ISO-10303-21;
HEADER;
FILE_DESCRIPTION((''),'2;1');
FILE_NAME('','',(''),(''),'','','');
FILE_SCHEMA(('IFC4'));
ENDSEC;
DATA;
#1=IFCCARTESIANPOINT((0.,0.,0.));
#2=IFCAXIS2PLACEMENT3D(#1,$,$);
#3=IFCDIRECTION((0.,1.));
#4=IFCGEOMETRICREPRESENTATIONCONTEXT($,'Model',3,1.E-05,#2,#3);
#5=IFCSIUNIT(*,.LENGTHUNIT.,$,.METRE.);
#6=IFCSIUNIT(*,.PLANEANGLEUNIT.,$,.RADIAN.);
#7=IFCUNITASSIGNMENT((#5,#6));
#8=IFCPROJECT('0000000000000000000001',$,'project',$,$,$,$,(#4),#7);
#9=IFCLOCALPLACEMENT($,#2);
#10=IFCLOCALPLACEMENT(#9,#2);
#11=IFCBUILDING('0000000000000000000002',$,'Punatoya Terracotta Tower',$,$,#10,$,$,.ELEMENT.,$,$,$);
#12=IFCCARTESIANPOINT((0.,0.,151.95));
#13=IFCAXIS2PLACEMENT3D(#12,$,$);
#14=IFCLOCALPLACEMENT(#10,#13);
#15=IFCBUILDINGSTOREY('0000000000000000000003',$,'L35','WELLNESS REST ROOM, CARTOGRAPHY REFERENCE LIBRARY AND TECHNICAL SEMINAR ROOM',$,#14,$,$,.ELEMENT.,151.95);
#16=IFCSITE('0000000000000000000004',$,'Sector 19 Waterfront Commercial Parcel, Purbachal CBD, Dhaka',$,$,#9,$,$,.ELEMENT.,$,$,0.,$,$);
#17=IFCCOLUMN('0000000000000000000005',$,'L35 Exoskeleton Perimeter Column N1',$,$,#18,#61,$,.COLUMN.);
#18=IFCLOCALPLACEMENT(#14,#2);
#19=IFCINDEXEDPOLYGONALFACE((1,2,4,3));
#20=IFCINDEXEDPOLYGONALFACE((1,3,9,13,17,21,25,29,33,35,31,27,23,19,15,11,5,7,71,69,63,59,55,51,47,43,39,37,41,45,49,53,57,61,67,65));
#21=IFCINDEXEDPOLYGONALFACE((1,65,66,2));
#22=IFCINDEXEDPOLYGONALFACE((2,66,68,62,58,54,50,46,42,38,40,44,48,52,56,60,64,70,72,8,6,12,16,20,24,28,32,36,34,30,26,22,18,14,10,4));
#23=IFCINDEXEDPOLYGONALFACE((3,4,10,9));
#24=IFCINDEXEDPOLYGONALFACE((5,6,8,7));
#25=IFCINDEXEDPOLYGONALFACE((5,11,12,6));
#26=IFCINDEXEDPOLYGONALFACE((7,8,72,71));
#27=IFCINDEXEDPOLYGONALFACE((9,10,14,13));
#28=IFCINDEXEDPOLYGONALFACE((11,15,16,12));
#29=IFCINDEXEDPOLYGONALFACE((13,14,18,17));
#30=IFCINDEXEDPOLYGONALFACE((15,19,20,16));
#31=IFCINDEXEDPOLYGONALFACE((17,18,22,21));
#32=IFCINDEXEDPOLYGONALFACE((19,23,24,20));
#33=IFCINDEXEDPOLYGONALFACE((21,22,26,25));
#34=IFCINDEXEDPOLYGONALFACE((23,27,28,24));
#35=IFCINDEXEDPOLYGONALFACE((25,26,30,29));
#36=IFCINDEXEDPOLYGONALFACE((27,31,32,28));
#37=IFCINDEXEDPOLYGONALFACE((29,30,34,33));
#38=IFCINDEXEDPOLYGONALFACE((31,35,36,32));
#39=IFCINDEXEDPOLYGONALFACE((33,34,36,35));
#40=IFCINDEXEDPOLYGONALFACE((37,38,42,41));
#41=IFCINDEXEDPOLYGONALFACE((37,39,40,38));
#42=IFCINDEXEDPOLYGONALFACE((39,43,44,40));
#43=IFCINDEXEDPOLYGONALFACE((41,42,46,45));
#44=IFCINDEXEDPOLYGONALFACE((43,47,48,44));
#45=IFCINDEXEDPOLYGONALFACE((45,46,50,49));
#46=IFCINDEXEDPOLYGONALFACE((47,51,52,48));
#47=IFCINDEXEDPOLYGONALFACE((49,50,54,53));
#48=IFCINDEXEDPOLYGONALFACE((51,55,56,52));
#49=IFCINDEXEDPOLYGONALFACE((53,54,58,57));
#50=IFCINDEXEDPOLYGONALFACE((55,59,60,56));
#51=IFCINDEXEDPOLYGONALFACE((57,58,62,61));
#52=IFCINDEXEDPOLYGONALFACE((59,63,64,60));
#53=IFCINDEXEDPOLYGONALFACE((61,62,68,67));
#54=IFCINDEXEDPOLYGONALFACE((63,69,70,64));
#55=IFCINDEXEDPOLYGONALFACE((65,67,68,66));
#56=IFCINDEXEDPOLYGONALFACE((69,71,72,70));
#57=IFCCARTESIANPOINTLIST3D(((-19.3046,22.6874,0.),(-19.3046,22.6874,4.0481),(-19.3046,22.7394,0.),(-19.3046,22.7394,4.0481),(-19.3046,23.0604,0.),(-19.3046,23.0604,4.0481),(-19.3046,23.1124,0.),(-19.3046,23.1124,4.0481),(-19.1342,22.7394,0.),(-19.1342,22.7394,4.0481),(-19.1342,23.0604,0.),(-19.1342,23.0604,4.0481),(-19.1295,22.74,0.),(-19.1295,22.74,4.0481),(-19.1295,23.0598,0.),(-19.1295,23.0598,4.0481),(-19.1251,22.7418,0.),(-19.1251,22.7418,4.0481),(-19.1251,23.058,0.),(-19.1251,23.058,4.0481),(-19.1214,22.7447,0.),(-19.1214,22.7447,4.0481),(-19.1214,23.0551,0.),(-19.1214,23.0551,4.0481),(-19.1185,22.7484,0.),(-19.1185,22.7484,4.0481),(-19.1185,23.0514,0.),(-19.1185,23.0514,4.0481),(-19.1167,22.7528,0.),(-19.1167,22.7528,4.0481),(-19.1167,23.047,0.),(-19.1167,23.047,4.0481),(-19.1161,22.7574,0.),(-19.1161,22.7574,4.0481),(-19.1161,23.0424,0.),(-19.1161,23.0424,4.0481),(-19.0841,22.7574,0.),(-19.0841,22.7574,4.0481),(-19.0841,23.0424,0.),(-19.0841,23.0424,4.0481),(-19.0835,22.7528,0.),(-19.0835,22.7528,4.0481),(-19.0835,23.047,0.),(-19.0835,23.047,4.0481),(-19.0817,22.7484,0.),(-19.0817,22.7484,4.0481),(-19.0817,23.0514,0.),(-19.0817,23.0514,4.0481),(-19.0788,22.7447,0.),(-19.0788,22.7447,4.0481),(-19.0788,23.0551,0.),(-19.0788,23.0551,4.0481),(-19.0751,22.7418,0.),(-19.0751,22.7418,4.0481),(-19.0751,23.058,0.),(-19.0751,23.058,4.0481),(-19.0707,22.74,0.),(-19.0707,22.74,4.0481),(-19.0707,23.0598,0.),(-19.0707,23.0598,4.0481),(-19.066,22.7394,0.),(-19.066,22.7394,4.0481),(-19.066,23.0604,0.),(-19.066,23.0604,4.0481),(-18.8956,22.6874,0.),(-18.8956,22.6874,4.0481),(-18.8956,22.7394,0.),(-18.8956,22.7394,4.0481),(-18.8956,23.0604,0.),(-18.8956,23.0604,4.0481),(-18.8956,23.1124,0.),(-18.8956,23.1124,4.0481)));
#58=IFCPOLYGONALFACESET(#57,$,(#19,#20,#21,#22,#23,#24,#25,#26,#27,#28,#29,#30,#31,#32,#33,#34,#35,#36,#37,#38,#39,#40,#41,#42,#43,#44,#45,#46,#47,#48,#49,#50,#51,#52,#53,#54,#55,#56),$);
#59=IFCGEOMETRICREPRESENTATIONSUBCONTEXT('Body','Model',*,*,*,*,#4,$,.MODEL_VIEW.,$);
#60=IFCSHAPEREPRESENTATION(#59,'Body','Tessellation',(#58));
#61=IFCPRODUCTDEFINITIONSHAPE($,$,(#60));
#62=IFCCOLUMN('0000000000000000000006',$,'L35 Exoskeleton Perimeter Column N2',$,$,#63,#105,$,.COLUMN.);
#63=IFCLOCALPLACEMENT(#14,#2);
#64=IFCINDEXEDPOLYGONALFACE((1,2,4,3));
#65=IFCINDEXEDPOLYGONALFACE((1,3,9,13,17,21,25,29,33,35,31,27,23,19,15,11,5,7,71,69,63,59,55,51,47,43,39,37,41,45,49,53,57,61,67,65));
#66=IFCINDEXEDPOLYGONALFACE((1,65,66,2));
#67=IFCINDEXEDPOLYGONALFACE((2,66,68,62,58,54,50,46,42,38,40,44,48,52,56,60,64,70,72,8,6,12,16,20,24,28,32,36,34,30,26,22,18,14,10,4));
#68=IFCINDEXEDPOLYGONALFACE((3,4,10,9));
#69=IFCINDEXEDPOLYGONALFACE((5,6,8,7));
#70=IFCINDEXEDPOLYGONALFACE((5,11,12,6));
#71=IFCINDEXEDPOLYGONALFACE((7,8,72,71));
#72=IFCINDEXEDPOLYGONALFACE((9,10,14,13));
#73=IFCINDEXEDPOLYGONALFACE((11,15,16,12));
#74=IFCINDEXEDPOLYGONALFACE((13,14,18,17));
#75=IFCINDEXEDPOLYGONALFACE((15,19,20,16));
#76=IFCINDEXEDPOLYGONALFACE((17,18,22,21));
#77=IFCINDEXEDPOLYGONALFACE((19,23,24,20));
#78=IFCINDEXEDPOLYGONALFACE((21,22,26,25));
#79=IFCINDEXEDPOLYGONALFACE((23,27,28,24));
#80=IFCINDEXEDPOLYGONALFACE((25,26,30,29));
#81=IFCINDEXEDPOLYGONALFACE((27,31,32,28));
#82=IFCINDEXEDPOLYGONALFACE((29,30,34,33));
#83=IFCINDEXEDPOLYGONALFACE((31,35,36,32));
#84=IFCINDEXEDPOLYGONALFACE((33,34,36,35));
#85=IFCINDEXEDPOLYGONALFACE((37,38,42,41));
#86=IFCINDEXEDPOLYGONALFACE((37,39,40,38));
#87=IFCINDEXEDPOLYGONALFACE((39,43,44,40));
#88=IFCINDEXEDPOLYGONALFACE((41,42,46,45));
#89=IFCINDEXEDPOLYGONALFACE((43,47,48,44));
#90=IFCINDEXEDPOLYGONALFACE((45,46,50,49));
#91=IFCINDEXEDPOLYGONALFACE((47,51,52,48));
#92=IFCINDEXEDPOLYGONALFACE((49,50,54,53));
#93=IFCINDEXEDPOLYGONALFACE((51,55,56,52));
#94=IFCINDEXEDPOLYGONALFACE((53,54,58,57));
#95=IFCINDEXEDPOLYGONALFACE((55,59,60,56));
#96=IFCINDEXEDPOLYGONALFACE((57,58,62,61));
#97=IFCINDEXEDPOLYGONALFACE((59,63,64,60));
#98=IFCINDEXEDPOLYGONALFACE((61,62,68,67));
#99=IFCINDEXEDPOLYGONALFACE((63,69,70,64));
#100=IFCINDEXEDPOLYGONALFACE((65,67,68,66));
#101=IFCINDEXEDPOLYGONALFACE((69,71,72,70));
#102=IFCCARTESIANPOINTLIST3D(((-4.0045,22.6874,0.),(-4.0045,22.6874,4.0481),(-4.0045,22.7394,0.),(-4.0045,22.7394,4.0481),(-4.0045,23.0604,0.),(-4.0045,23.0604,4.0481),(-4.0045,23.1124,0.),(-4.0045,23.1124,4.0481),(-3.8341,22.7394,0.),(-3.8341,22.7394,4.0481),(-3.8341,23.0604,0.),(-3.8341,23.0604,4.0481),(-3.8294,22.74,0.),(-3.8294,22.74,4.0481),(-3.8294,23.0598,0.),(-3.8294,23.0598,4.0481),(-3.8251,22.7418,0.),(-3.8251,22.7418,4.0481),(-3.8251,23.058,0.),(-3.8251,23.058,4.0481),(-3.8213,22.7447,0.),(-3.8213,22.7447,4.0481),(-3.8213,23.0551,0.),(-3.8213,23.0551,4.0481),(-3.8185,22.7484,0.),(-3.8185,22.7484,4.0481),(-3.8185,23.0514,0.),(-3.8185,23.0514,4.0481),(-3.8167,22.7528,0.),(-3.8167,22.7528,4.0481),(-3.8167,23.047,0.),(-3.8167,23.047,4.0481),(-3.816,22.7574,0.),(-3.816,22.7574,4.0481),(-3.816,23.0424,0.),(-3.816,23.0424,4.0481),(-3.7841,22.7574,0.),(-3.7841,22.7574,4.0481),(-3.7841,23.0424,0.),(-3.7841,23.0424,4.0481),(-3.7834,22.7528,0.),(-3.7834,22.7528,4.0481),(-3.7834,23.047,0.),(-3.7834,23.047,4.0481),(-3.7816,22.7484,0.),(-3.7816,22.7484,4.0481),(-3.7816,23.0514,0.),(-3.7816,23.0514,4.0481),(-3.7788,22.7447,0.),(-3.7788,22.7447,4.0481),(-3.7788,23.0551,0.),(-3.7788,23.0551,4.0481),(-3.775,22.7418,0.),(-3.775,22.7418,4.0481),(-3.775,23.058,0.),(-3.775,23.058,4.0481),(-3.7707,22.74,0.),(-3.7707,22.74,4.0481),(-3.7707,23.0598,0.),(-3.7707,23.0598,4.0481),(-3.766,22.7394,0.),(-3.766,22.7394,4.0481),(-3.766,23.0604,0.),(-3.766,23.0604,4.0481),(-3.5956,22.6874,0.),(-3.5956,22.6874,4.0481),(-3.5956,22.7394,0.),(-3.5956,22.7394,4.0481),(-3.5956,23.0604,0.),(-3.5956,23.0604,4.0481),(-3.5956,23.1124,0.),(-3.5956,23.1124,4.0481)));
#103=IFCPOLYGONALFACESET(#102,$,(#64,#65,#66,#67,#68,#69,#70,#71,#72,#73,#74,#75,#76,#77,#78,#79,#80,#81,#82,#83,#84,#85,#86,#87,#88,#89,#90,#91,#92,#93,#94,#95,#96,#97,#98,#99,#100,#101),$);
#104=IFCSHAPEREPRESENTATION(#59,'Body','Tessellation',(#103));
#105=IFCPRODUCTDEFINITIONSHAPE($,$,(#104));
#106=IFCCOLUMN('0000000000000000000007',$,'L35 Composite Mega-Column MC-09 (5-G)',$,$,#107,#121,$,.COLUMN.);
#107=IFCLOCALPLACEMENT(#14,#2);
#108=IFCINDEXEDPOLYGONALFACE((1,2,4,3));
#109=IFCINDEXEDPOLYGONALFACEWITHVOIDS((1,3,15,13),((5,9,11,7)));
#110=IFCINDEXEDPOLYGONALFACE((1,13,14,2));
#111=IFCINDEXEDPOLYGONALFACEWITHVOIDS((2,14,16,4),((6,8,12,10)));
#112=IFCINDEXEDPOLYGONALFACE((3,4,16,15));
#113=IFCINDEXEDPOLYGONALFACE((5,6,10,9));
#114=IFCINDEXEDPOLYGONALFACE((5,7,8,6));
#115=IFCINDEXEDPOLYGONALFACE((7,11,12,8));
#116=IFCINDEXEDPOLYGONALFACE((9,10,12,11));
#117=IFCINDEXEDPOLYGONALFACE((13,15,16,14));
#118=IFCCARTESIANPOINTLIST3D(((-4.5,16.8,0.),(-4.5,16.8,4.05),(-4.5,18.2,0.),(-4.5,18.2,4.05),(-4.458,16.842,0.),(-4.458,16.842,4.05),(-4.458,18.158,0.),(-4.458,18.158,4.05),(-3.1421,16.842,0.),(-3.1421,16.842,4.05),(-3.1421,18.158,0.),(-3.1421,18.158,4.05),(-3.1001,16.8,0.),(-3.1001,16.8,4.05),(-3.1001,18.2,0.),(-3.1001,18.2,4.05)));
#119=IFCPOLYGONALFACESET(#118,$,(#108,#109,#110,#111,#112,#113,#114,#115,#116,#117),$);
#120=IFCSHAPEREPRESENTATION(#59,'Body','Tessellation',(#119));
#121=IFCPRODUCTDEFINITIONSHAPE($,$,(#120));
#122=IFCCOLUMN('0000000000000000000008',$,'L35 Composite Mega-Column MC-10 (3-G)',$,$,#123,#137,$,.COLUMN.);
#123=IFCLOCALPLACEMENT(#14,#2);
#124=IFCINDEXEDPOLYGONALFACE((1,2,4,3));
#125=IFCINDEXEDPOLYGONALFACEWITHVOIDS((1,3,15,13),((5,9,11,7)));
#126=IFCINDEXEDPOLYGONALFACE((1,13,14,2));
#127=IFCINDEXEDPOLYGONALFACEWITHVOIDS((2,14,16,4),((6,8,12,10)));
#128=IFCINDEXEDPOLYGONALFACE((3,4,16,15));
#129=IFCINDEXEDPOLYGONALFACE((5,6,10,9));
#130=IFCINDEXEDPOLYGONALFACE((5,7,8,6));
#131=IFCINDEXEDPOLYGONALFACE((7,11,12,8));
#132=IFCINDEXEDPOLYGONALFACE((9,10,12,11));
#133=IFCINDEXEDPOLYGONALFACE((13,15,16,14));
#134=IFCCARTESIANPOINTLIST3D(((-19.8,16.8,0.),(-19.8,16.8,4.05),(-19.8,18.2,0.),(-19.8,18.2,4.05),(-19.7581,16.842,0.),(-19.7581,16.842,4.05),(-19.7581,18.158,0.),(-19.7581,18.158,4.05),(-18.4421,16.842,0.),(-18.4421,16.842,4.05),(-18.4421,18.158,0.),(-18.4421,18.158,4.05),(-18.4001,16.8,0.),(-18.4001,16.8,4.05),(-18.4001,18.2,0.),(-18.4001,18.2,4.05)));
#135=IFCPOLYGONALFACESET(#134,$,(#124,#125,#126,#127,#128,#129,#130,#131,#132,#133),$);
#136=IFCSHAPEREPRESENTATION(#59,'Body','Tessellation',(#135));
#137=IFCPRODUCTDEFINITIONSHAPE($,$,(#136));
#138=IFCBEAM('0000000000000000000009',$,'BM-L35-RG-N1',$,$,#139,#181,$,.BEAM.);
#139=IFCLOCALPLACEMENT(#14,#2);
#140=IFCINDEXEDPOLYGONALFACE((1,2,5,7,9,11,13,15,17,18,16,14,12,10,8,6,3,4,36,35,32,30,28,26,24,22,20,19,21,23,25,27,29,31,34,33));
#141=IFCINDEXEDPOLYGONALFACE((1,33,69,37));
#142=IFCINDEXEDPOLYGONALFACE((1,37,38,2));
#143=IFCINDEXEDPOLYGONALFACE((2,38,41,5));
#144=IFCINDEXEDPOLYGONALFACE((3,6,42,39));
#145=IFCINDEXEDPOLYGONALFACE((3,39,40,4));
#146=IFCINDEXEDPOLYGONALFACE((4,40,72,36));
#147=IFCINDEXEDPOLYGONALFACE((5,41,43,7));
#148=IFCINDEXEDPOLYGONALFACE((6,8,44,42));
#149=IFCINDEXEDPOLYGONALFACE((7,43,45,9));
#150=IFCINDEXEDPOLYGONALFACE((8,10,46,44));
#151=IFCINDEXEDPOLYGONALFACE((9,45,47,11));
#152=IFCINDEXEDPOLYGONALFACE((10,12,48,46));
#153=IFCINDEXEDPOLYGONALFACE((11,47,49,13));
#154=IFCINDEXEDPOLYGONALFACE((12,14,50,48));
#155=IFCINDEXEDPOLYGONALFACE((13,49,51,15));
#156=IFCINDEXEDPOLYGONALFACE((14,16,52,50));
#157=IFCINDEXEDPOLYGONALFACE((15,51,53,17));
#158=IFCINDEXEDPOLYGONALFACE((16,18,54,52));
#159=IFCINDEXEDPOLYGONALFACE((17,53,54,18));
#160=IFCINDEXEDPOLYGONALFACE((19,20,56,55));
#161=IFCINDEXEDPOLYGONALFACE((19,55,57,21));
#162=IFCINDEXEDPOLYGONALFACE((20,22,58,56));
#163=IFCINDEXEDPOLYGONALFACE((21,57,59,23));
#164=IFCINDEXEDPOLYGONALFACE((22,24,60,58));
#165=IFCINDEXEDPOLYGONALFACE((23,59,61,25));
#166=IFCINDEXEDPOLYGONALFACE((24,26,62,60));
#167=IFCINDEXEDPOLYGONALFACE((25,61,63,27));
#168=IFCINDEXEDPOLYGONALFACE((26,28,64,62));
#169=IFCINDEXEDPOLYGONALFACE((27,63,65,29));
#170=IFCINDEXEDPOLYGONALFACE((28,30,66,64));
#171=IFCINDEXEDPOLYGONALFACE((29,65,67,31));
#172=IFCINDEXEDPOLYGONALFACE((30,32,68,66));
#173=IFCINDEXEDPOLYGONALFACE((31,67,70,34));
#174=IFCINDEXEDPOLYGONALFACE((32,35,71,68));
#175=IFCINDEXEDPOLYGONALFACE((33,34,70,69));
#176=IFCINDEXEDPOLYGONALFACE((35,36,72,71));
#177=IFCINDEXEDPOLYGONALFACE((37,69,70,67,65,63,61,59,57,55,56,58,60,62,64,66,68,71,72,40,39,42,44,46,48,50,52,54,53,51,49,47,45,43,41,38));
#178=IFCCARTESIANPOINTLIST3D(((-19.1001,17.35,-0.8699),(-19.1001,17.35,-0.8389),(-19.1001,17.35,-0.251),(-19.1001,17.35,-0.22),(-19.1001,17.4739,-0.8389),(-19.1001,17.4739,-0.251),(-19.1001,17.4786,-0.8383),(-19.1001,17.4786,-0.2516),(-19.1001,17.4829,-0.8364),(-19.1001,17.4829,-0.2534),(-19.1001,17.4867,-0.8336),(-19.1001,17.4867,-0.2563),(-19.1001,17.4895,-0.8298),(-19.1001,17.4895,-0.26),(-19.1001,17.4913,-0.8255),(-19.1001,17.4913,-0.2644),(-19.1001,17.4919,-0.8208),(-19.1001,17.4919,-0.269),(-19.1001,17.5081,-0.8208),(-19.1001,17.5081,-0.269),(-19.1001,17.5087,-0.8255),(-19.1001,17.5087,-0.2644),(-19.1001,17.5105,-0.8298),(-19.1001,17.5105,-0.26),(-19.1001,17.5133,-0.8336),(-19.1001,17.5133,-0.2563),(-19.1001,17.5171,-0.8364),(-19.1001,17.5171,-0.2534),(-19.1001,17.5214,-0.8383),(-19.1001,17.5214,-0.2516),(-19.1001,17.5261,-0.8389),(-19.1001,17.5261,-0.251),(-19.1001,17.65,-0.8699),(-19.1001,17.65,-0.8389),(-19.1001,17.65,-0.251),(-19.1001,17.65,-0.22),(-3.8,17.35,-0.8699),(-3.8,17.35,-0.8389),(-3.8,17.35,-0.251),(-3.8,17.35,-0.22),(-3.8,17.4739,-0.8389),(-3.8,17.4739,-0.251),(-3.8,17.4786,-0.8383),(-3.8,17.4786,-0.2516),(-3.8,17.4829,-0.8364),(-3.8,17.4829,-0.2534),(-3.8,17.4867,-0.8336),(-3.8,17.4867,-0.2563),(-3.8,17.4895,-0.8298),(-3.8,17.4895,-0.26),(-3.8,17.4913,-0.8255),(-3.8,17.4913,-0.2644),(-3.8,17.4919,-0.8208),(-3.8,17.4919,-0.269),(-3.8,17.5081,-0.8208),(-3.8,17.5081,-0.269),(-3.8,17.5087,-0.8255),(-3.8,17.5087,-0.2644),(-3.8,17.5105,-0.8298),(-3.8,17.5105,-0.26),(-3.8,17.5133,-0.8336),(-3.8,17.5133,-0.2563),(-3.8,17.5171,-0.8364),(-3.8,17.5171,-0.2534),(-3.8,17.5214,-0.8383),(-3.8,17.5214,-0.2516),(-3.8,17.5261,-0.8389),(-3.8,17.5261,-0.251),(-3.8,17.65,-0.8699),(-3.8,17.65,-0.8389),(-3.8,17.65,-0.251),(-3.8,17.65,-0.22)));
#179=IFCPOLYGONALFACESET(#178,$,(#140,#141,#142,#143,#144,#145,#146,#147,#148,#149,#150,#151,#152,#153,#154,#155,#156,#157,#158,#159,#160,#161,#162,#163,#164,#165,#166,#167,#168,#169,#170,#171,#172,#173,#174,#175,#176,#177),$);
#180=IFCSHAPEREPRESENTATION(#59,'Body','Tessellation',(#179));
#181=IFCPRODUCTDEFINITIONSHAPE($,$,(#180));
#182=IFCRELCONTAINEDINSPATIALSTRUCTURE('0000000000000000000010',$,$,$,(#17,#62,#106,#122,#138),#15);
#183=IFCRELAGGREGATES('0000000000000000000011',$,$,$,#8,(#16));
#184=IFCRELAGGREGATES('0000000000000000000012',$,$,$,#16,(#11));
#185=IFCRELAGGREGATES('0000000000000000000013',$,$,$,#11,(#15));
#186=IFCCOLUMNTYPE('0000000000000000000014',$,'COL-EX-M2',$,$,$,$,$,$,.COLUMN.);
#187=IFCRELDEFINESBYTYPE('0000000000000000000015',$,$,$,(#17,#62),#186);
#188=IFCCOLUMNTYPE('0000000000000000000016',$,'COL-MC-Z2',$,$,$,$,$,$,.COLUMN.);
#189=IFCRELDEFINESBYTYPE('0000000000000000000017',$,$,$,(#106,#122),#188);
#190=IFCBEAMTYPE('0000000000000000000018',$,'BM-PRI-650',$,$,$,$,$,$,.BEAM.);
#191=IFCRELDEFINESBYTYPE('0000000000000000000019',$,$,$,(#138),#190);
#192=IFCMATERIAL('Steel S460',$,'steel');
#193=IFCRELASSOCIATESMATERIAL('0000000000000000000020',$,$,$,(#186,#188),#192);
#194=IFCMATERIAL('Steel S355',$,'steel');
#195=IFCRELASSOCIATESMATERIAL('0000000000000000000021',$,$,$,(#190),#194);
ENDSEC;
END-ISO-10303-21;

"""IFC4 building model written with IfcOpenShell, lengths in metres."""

from ifc_helpers import new_model, si_unit, direction, frame, origin, origin_2d, place, context, subcontext, project, spatial, hollow_rectangle, i_section, extrude, material, material_profile, profile_set, type_object, element, save


model = new_model("IFC4")

# Units and contexts
model_context = context("Model", 3, precision=1e-05, world=origin(), true_north=direction((0.0, 1.0)))
body_context = subcontext(model_context, "Body", "Model", "MODEL_VIEW")
ifc_project = project(units=[si_unit("LENGTHUNIT", "METRE"), si_unit("PLANEANGLEUNIT", "RADIAN")], contexts=[model_context])

# Site, building, storey
site_placement = place(None, origin())
site = spatial("IfcSite", under=ifc_project, at=site_placement, Name="Sector 19 Waterfront Commercial Parcel, Purbachal CBD, Dhaka", CompositionType="ELEMENT", RefElevation=0.0)
building_placement = place(site_placement, origin())
building = spatial("IfcBuilding", under=site, at=building_placement, Name="Punatoya Terracotta Tower", CompositionType="ELEMENT")
storey_placement = place(building_placement, frame((0.0, 0.0, 151.95)))
storey = spatial("IfcBuildingStorey", under=building, at=storey_placement, Name="L35", Description="WELLNESS REST ROOM, CARTOGRAPHY REFERENCE LIBRARY AND TECHNICAL SEMINAR ROOM", CompositionType="ELEMENT", Elevation=151.95)

# Columns
ifc_material_1 = material(Name="Steel S460", Category="steel")
ifc_material_profile_1 = material_profile(ifc_material_1, i_section(OverallWidth=0.4089, OverallDepth=0.425, WebThickness=0.032, FlangeThickness=0.052, FilletRadius=0.0181, at=origin_2d()))
ifc_profile_set_1 = profile_set([ifc_material_profile_1], Name="Steel S460")
column_type_1 = type_object("IfcColumnType", Name="COL-EX-M2", PredefinedType="COLUMN", material=ifc_profile_set_1)
for number, where, z_axis, x_axis, name in (
    (1, (-19.1001, 22.8999, 0.0), (0.0, 0.0, 1.0), (1.0, 0.0, 0.0), "L35 Exoskeleton Perimeter Column N1"),
    (2, (-3.8, 22.8999, 0.0), (0.0, 0.0, 1.0), (1.0, 0.0, 0.0), "L35 Exoskeleton Perimeter Column N2"),
):
    element("IfcColumn", number, at=place(storey_placement, frame(where, z_axis=z_axis, x_axis=x_axis)), inside=storey, type_object=column_type_1, Name=name, PredefinedType="COLUMN", context=body_context, shape_type="SweptSolid", body=[
        extrude(i_section(OverallWidth=0.4089, OverallDepth=0.425, WebThickness=0.032, FlangeThickness=0.052, FilletRadius=0.0181, at=origin_2d()), origin(), (0.0, 0.0, 1.0), 4.0481),
    ])
ifc_material_profile_2 = material_profile(ifc_material_1, hollow_rectangle(XDim=1.3999, YDim=1.3999, WallThickness=0.042, at=origin_2d()))
ifc_profile_set_2 = profile_set([ifc_material_profile_2], Name="Steel S460")
column_type_2 = type_object("IfcColumnType", Name="COL-MC-Z2", PredefinedType="COLUMN", material=ifc_profile_set_2)
for number, where, z_axis, x_axis, name in (
    (3, (-3.8, 17.5, 0.0), (0.0, 0.0, 1.0), (1.0, 0.0, 0.0), "L35 Composite Mega-Column MC-09 (5-G)"),
    (4, (-19.1001, 17.5, 0.0), (0.0, 0.0, 1.0), (1.0, 0.0, 0.0), "L35 Composite Mega-Column MC-10 (3-G)"),
):
    element("IfcColumn", number, at=place(storey_placement, frame(where, z_axis=z_axis, x_axis=x_axis)), inside=storey, type_object=column_type_2, Name=name, PredefinedType="COLUMN", context=body_context, shape_type="SweptSolid", body=[
        extrude(hollow_rectangle(XDim=1.3999, YDim=1.3999, WallThickness=0.042, at=origin_2d()), origin(), (0.0, 0.0, 1.0), 4.05),
    ])

# Beam
ifc_material_2 = material(Name="Steel S355", Category="steel")
ifc_material_profile_3 = material_profile(ifc_material_2, i_section(OverallWidth=0.3, OverallDepth=0.6499, WebThickness=0.0161, FlangeThickness=0.031, FilletRadius=0.0181, at=origin_2d()))
ifc_profile_set_3 = profile_set([ifc_material_profile_3], Name="Steel S355")
beam_type_1 = type_object("IfcBeamType", Name="BM-PRI-650", PredefinedType="BEAM", material=ifc_profile_set_3)
beam_1_placement = place(storey_placement, frame((-19.1001, 17.5, -0.5449), z_axis=(1.0, 0.0, 0.0), x_axis=(0.0, 1.0, 0.0)))
element("IfcBeam", 5, at=beam_1_placement, inside=storey, type_object=beam_type_1, Name="BM-L35-RG-N1", PredefinedType="BEAM", context=body_context, shape_type="SweptSolid", body=[
    extrude(i_section(OverallWidth=0.3, OverallDepth=0.6499, WebThickness=0.0161, FlangeThickness=0.031, FilletRadius=0.0181, at=origin_2d()), origin(), (0.0, 0.0, 1.0), 15.3),
])

save(model, "model.ifc")
